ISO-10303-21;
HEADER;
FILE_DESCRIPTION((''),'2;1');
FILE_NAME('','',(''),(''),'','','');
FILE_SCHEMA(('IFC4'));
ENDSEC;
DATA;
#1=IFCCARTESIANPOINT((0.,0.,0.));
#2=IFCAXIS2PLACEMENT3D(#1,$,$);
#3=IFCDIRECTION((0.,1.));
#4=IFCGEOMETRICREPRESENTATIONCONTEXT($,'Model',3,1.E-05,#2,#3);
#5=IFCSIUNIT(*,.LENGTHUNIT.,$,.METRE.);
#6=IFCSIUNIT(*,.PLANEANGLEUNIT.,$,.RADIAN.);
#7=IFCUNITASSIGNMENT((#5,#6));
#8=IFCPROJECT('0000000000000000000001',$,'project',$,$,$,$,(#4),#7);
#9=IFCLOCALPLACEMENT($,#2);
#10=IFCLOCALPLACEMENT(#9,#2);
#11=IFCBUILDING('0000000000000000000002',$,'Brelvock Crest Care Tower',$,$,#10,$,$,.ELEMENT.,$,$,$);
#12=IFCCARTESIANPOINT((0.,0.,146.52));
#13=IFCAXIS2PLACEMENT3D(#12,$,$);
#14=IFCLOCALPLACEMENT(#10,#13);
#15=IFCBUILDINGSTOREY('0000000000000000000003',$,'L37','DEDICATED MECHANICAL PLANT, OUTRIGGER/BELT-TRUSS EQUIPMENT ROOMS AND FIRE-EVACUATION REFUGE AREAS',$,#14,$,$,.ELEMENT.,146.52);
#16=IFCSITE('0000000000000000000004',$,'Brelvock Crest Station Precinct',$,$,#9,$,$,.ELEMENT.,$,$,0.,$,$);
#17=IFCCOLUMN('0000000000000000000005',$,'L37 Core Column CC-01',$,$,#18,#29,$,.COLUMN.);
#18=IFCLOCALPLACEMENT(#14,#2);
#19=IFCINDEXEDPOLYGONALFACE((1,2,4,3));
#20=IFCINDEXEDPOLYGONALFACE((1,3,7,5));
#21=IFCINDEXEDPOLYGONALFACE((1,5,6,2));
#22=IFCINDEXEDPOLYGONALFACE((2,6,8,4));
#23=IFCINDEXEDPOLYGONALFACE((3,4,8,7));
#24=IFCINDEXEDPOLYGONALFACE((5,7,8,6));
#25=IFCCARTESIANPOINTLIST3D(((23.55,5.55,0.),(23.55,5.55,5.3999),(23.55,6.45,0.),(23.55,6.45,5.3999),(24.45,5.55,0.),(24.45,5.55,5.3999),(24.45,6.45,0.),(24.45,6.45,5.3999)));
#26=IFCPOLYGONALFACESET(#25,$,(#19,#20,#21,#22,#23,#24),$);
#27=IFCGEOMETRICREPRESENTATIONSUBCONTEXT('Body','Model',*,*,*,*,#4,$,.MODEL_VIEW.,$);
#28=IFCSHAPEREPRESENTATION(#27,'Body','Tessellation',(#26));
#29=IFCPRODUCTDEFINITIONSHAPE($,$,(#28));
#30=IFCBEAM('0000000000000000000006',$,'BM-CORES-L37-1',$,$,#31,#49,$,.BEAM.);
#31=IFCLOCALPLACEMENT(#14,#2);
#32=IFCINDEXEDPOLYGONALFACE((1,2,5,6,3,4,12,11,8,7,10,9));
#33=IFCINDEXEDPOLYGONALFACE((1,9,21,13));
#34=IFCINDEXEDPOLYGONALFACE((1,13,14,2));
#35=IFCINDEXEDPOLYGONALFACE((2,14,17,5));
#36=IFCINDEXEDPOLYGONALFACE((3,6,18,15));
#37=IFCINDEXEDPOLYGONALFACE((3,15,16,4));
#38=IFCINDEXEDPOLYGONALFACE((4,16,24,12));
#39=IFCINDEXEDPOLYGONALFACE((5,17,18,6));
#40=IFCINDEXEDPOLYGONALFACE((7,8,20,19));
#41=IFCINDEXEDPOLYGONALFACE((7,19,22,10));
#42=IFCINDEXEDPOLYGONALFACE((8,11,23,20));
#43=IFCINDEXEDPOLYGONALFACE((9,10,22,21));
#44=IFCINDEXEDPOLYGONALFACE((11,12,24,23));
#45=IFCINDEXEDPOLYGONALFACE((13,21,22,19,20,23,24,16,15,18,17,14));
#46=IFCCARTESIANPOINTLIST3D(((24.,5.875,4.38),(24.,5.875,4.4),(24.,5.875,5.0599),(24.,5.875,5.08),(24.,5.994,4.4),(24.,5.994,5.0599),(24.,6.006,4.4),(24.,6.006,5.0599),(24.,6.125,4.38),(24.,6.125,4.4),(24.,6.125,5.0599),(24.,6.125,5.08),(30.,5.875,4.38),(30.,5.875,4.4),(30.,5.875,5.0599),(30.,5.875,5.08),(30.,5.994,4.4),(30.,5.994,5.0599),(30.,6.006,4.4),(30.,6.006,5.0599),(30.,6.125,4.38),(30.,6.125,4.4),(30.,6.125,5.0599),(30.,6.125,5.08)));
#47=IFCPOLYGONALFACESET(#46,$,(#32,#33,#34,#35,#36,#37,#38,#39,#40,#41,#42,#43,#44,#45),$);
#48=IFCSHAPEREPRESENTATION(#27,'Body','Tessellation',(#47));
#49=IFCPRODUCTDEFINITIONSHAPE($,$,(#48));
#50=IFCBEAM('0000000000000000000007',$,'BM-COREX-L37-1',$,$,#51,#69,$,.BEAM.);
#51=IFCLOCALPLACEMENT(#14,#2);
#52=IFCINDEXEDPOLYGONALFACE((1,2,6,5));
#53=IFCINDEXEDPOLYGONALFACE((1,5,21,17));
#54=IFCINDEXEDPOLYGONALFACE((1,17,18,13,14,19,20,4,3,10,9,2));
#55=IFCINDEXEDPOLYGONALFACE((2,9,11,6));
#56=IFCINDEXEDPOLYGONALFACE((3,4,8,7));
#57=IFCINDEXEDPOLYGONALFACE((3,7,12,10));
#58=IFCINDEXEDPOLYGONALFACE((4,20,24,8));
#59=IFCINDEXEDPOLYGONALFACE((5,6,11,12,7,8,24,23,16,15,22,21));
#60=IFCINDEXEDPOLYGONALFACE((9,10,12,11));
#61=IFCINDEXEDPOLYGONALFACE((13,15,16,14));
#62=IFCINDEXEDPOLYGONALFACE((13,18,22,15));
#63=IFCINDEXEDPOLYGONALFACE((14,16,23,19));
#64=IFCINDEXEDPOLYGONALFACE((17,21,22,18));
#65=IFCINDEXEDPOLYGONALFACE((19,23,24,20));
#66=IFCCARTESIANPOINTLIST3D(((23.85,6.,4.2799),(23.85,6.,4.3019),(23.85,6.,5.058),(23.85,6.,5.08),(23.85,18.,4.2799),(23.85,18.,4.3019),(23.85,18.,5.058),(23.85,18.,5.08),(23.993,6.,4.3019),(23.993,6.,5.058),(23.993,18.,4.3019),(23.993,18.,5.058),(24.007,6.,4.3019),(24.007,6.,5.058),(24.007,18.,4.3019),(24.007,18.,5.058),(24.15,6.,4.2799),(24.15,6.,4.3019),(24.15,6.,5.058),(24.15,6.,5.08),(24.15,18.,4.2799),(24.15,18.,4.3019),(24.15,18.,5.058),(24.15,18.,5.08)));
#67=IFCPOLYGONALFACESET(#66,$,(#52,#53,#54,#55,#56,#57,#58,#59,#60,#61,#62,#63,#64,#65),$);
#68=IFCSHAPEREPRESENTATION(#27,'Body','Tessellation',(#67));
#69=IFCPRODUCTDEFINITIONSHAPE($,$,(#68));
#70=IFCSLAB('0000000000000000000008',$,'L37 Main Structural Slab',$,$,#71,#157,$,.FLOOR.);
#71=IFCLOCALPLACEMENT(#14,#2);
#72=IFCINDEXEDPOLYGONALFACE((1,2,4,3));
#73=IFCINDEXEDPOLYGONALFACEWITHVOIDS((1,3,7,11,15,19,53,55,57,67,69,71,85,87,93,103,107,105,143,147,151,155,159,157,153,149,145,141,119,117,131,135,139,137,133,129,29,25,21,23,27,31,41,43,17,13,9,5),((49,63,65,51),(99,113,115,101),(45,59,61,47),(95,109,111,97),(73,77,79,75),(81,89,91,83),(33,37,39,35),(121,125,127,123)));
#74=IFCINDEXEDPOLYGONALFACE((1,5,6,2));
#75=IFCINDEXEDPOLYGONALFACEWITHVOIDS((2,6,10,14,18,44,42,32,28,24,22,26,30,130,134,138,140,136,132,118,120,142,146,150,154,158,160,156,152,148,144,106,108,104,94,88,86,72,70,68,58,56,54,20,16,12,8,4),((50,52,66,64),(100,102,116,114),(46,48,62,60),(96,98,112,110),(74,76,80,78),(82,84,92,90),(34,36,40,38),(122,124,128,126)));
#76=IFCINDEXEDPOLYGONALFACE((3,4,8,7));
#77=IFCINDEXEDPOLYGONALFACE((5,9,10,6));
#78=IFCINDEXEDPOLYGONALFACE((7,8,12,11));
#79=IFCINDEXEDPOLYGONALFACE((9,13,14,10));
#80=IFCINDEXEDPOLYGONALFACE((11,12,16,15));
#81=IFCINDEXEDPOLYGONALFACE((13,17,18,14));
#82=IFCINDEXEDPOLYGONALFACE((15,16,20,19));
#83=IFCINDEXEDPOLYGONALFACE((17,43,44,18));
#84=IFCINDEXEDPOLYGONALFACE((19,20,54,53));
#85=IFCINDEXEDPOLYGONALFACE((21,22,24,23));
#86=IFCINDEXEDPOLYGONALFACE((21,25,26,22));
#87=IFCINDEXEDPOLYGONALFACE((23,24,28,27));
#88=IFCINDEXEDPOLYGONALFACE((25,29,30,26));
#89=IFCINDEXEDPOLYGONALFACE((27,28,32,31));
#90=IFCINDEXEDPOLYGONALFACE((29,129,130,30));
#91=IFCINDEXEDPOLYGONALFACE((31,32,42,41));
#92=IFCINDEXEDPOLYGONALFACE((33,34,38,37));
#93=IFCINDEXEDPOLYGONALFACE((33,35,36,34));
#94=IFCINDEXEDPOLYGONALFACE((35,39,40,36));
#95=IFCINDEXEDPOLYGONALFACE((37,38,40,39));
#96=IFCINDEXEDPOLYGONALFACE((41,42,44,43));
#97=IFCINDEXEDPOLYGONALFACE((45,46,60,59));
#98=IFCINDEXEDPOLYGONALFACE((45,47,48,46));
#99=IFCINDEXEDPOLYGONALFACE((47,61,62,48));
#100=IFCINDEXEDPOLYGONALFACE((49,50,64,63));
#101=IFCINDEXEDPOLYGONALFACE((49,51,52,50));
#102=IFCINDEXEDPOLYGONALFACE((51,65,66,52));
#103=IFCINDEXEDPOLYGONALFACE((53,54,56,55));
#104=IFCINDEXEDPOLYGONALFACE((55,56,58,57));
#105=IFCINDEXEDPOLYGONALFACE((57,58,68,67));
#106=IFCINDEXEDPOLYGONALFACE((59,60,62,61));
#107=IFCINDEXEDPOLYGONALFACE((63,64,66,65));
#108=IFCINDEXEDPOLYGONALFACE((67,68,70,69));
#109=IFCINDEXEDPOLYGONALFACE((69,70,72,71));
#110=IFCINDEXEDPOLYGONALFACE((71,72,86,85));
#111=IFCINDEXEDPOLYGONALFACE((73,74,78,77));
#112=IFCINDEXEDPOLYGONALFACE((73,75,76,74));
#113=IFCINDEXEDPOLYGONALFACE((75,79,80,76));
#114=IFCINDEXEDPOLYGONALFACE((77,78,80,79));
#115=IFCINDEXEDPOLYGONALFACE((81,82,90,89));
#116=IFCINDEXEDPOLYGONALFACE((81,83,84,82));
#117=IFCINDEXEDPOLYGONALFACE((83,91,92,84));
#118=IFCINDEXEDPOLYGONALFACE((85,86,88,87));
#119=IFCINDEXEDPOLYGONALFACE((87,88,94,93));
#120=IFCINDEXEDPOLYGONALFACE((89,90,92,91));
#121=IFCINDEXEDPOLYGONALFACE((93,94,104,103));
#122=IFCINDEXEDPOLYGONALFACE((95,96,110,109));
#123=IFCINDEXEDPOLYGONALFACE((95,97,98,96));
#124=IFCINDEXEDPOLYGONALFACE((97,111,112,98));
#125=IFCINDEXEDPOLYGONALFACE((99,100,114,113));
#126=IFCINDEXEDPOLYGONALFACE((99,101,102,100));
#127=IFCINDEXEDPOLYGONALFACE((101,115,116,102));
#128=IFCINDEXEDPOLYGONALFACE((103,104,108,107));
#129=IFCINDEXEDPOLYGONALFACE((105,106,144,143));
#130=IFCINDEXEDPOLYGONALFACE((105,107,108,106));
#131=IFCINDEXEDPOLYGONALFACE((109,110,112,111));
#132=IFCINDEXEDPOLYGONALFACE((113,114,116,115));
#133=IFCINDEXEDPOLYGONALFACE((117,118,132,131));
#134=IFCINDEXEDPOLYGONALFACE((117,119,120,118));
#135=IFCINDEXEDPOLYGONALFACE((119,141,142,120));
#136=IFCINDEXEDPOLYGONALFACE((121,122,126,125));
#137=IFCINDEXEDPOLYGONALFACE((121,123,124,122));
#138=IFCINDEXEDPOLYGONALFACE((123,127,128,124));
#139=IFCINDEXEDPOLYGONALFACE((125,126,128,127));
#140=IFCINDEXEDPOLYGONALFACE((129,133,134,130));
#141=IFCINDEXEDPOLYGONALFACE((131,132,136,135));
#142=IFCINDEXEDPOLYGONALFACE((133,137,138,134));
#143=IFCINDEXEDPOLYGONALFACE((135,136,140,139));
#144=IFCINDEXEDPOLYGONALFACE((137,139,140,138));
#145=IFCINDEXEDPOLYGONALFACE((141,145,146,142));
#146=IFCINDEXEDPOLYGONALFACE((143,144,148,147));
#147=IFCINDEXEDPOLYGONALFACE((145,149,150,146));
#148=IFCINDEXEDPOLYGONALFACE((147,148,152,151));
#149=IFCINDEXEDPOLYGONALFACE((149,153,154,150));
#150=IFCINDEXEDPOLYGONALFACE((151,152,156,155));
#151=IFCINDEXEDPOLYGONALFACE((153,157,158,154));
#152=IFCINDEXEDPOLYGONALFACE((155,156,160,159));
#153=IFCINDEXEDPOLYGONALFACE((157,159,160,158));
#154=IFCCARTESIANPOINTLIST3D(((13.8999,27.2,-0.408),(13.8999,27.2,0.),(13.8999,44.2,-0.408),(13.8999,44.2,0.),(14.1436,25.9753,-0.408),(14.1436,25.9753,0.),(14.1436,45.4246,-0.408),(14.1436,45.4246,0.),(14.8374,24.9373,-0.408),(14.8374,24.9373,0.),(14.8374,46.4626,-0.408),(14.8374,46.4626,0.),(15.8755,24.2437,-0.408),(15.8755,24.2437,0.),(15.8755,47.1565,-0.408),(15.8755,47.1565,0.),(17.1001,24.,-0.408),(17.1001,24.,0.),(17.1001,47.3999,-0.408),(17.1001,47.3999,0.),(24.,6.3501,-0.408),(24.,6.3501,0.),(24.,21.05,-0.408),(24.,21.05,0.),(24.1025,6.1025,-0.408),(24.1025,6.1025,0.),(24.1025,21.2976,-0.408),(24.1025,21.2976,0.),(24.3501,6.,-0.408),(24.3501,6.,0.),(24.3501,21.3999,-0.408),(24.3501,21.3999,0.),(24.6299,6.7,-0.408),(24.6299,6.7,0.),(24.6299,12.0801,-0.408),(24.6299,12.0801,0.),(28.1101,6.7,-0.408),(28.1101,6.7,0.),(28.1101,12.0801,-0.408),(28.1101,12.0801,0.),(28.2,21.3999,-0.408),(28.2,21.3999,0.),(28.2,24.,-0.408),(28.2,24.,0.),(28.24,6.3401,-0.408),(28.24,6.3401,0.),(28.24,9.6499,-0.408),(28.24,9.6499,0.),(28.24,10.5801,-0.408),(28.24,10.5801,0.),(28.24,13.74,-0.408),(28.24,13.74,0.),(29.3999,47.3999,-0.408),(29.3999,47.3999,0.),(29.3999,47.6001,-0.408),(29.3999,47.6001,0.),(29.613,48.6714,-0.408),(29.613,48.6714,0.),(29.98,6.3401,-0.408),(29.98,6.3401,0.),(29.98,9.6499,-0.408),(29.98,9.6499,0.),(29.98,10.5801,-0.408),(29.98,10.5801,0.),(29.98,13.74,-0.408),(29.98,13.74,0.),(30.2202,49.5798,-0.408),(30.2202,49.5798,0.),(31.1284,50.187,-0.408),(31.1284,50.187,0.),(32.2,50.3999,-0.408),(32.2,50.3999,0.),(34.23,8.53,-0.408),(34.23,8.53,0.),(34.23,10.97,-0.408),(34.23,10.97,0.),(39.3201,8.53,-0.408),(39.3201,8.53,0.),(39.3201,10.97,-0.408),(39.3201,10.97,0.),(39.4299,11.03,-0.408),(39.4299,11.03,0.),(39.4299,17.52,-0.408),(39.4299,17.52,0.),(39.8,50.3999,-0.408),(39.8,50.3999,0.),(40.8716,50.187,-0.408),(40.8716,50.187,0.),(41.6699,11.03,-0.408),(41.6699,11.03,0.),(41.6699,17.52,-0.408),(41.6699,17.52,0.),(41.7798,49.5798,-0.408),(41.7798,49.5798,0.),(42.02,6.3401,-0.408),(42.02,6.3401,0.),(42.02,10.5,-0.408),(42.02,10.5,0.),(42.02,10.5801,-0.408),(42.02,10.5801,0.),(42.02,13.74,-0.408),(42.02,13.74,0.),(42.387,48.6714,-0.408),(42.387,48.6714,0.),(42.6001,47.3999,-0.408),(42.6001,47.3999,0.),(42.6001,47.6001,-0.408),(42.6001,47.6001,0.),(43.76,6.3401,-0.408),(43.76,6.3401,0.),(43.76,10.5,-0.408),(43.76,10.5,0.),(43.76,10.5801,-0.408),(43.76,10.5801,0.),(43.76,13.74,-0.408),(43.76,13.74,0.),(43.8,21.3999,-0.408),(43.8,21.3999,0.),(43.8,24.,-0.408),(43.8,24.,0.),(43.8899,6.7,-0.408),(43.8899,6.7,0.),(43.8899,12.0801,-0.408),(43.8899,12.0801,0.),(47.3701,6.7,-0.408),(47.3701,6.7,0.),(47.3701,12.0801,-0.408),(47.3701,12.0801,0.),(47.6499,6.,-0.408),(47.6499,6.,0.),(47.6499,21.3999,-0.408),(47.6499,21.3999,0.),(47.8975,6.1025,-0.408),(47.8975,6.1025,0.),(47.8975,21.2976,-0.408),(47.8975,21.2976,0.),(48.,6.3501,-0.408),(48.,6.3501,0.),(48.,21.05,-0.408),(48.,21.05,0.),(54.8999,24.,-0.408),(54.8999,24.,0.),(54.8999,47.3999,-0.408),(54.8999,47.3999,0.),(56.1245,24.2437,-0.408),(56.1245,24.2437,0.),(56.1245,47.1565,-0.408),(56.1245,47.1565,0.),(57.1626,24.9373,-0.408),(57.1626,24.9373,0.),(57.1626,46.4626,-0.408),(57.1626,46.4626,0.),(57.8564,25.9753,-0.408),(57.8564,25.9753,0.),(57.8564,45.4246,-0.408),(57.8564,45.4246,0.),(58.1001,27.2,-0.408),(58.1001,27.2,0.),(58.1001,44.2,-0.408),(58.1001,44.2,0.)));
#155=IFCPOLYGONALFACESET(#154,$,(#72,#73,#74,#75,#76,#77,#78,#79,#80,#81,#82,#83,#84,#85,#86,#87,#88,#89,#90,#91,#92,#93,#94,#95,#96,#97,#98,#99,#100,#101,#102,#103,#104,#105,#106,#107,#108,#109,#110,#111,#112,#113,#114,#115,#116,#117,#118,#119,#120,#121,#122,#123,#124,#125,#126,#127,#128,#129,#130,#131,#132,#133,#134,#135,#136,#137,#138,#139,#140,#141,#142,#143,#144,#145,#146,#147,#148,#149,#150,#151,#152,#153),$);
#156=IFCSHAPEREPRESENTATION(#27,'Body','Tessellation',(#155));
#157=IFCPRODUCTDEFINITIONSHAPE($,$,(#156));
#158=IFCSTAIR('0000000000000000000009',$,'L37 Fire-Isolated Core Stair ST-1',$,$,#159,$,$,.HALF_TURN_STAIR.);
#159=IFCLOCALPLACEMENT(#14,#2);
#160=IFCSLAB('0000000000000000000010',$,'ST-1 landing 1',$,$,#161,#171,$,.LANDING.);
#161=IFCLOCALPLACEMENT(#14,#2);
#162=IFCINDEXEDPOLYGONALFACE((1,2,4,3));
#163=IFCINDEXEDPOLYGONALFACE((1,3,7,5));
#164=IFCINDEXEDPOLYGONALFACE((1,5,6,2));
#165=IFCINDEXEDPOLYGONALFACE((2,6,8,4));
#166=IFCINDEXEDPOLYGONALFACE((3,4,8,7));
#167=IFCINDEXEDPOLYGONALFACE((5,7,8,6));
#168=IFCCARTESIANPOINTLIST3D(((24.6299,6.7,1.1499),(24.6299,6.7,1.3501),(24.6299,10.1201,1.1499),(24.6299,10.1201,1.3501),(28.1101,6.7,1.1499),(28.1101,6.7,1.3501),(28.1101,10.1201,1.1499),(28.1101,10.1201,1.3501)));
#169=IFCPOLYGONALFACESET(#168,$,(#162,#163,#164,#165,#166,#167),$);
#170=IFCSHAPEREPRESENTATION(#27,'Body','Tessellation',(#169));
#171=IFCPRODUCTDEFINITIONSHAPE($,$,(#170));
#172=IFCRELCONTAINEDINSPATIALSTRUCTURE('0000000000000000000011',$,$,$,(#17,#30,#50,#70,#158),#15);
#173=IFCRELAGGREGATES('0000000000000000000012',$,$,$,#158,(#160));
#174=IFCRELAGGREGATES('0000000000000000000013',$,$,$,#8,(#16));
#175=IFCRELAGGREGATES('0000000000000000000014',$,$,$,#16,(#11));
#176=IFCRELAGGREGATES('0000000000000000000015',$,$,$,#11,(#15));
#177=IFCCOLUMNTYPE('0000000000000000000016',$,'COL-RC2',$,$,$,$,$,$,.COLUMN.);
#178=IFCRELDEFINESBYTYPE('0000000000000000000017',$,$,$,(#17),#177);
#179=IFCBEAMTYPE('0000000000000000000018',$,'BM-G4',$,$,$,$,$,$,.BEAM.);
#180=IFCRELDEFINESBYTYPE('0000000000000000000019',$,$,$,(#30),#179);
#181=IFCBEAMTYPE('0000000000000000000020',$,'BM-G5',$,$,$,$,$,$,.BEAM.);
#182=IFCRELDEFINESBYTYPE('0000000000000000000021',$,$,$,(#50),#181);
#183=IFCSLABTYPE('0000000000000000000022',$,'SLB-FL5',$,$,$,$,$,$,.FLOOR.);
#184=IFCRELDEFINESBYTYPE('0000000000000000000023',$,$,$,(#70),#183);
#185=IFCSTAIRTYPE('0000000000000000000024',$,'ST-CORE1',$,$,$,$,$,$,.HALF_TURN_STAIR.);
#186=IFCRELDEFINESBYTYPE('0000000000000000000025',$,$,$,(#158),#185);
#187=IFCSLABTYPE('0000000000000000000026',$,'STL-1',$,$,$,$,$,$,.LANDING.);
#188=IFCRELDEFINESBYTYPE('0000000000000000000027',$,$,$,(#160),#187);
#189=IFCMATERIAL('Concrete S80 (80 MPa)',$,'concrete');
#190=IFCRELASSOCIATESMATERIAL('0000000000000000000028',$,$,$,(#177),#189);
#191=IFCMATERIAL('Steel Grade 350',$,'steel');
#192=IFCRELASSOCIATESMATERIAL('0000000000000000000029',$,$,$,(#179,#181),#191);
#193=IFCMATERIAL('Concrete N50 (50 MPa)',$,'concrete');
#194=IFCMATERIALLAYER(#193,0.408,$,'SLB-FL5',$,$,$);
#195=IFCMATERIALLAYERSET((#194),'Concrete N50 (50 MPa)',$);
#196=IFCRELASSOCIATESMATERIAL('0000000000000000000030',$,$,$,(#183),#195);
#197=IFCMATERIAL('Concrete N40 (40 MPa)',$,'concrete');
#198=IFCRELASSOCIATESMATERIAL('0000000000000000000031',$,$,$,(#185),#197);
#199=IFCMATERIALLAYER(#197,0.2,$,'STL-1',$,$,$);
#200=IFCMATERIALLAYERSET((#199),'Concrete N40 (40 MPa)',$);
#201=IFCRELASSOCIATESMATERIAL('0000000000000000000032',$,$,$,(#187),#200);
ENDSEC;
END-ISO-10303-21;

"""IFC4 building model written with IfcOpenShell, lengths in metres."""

from ifc_helpers import new_model, si_unit, direction, frame, origin, origin_2d, place, context, subcontext, project, spatial, polyline, rectangle, i_section, outline, extrude, source, transform, mapped, material, layer, layer_set, material_profile, profile_set, type_object, element, aggregate, save


model = new_model("IFC4")

# Units and contexts
model_context = context("Model", 3, precision=1e-05, world=origin(), true_north=direction((0.0, 1.0)))
body_context = subcontext(model_context, "Body", "Model", "MODEL_VIEW")
ifc_project = project(units=[si_unit("LENGTHUNIT", "METRE"), si_unit("PLANEANGLEUNIT", "RADIAN")], contexts=[model_context])

# Site, building, storey
site_placement = place(None, origin())
site = spatial("IfcSite", under=ifc_project, at=site_placement, Name="Brelvock Crest Station Precinct", CompositionType="ELEMENT", RefElevation=0.0)
building_placement = place(site_placement, origin())
building = spatial("IfcBuilding", under=site, at=building_placement, Name="Brelvock Crest Care Tower", CompositionType="ELEMENT")
storey_placement = place(building_placement, frame((0.0, 0.0, 146.52)))
storey = spatial("IfcBuildingStorey", under=building, at=storey_placement, Name="L37", Description="DEDICATED MECHANICAL PLANT, OUTRIGGER/BELT-TRUSS EQUIPMENT ROOMS AND FIRE-EVACUATION REFUGE AREAS", CompositionType="ELEMENT", Elevation=146.52)

# Column
ifc_material_1 = material(Name="Concrete S80 (80 MPa)", Category="concrete")
ifc_material_profile_1 = material_profile(ifc_material_1, rectangle(XDim=0.8999, YDim=0.8999, at=origin_2d()), Name="RC900x900")
ifc_profile_set_1 = profile_set([ifc_material_profile_1], Name="Concrete S80 (80 MPa)")
column_type = type_object("IfcColumnType", Name="COL-RC2", PredefinedType="COLUMN", material=ifc_profile_set_1)
shared_shape_1 = source(origin(), body_context, "Body", "SweptSolid", [
    extrude(rectangle(XDim=0.8999, YDim=0.8999, at=origin_2d()), origin(), (0.0, 0.0, 1.0), 5.3999),
])
column_placement = place(storey_placement, frame((24.0, 6.0, 0.0), z_axis=(0.0, 0.0, 1.0), x_axis=(1.0, 0.0, 0.0)))
element("IfcColumn", 1, at=column_placement, inside=storey, type_object=column_type, Name="L37 Core Column CC-01", PredefinedType="COLUMN", context=body_context, shape_type="MappedRepresentation", body=[
    mapped(shared_shape_1, transform((0.0, 0.0, 0.0), x_axis=(1.0, 0.0, 0.0), y_axis=(0.0, 1.0, 0.0), z_axis=(0.0, 0.0, 1.0), scale=1.0)),
])

# Beams
ifc_material_2 = material(Name="Steel Grade 350", Category="steel")
ifc_material_profile_2 = material_profile(ifc_material_2, i_section(OverallWidth=0.25, OverallDepth=0.7, WebThickness=0.012, FlangeThickness=0.02, at=origin_2d()), Name="700WB150")
ifc_profile_set_2 = profile_set([ifc_material_profile_2], Name="Steel Grade 350")
beam_type_1 = type_object("IfcBeamType", Name="BM-G4", PredefinedType="BEAM", material=ifc_profile_set_2)
shared_shape_2 = source(origin(), body_context, "Body", "SweptSolid", [
    extrude(i_section(OverallWidth=0.25, OverallDepth=0.7, WebThickness=0.012, FlangeThickness=0.02, at=origin_2d()), origin(), (0.0, 0.0, 1.0), 6.0),
])
beam_1_placement = place(storey_placement, frame((24.0, 6.0, 4.73), z_axis=(1.0, 0.0, 0.0), x_axis=(0.0, 1.0, 0.0)))
element("IfcBeam", 2, at=beam_1_placement, inside=storey, type_object=beam_type_1, Name="BM-CORES-L37-1", PredefinedType="BEAM", context=body_context, shape_type="MappedRepresentation", body=[
    mapped(shared_shape_2, transform((0.0, 0.0, 0.0), x_axis=(1.0, 0.0, 0.0), y_axis=(0.0, 1.0, 0.0), z_axis=(0.0, 0.0, 1.0), scale=1.0)),
])
ifc_material_profile_3 = material_profile(ifc_material_2, i_section(OverallWidth=0.3, OverallDepth=0.8, WebThickness=0.0139, FlangeThickness=0.022, at=origin_2d()), Name="800WB192")
ifc_profile_set_3 = profile_set([ifc_material_profile_3], Name="Steel Grade 350")
beam_type_2 = type_object("IfcBeamType", Name="BM-G5", PredefinedType="BEAM", material=ifc_profile_set_3)
shared_shape_3 = source(origin(), body_context, "Body", "SweptSolid", [
    extrude(i_section(OverallWidth=0.3, OverallDepth=0.8, WebThickness=0.0139, FlangeThickness=0.022, at=origin_2d()), origin(), (0.0, 0.0, 1.0), 12.0),
])
beam_2_placement = place(storey_placement, frame((24.0, 6.0, 4.6799), z_axis=(0.0, 1.0, 0.0), x_axis=(-1.0, 0.0, 0.0)))
element("IfcBeam", 3, at=beam_2_placement, inside=storey, type_object=beam_type_2, Name="BM-COREX-L37-1", PredefinedType="BEAM", context=body_context, shape_type="MappedRepresentation", body=[
    mapped(shared_shape_3, transform((0.0, 0.0, 0.0), x_axis=(1.0, 0.0, 0.0), y_axis=(0.0, 1.0, 0.0), z_axis=(0.0, 0.0, 1.0), scale=1.0)),
])

# Slab
ifc_material_3 = material(Name="Concrete N50 (50 MPa)", Category="concrete")
ifc_layer_1 = layer(ifc_material_3, 0.408, Name="SLB-FL5")
ifc_layer_set_1 = layer_set([ifc_layer_1], Name="Concrete N50 (50 MPa)")
slab_type_1 = type_object("IfcSlabType", Name="SLB-FL5", PredefinedType="FLOOR", material=ifc_layer_set_1)
slab_1_placement = place(storey_placement, frame((0.0, 0.0, -0.408)))
element("IfcSlab", 4, at=slab_1_placement, inside=storey, type_object=slab_type_1, Name="L37 Main Structural Slab", PredefinedType="FLOOR", context=body_context, shape_type="SweptSolid", body=[
    extrude(outline(polyline([(47.6499, 21.3999), (43.8, 21.3999), (43.8, 24.0), (54.8999, 24.0), (56.1245, 24.2437), (57.1626, 24.9373), (57.8564, 25.9753), (58.1001, 27.2), (58.1001, 44.2), (57.8564, 45.4246), (57.1626, 46.4626), (56.1245, 47.1565), (54.8999, 47.3999), (42.6001, 47.3999), (42.6001, 47.6001), (42.387, 48.6714), (41.7798, 49.5798), (40.8716, 50.187), (39.8, 50.3999), (32.2, 50.3999), (31.1284, 50.187), (30.2202, 49.5798), (29.613, 48.6714), (29.3999, 47.6001), (29.3999, 47.3999), (17.1001, 47.3999), (15.8755, 47.1565), (14.8374, 46.4626), (14.1436, 45.4246), (13.8999, 44.2), (13.8999, 27.2), (14.1436, 25.9753), (14.8374, 24.9373), (15.8755, 24.2437), (17.1001, 24.0), (28.2, 24.0), (28.2, 21.3999), (24.3501, 21.3999), (24.1025, 21.2976), (24.0, 21.05), (24.0, 6.3501), (24.1025, 6.1025), (24.3501, 6.0), (47.6499, 6.0), (47.8975, 6.1025), (48.0, 6.3501), (48.0, 21.05), (47.8975, 21.2976), (47.6499, 21.3999)]), holes=[polyline([(28.24, 10.5801), (29.98, 10.5801), (29.98, 13.74), (28.24, 13.74), (28.24, 10.5801)]), polyline([(42.02, 10.5801), (43.76, 10.5801), (43.76, 13.74), (42.02, 13.74), (42.02, 10.5801)]), polyline([(28.24, 6.3401), (29.98, 6.3401), (29.98, 9.6499), (28.24, 9.6499), (28.24, 6.3401)]), polyline([(24.6299, 12.0801), (24.6299, 6.7), (28.1101, 6.7), (28.1101, 12.0801), (24.6299, 12.0801)]), polyline([(43.8899, 12.0801), (43.8899, 6.7), (47.3701, 6.7), (47.3701, 12.0801), (43.8899, 12.0801)]), polyline([(42.02, 6.3401), (43.76, 6.3401), (43.76, 10.5), (42.02, 10.5), (42.02, 6.3401)]), polyline([(34.23, 8.53), (39.3201, 8.53), (39.3201, 10.97), (34.23, 10.97), (34.23, 8.53)]), polyline([(39.4299, 11.03), (41.6699, 11.03), (41.6699, 17.52), (39.4299, 17.52), (39.4299, 11.03)])]), origin(), (0.0, 0.0, 1.0), 0.408),
])

# Stair, slab
ifc_material_4 = material(Name="Concrete N40 (40 MPa)", Category="concrete")
stair_type = type_object("IfcStairType", Name="ST-CORE1", PredefinedType="HALF_TURN_STAIR", material=ifc_material_4)
stair_1_placement = place(storey_placement, origin())
stair_1 = element("IfcStair", 5, at=stair_1_placement, inside=storey, type_object=stair_type, Name="L37 Fire-Isolated Core Stair ST-1", PredefinedType="HALF_TURN_STAIR")
ifc_layer_2 = layer(ifc_material_4, 0.2, Name="STL-1")
ifc_layer_set_2 = layer_set([ifc_layer_2], Name="Concrete N40 (40 MPa)")
slab_type_2 = type_object("IfcSlabType", Name="STL-1", PredefinedType="LANDING", material=ifc_layer_set_2)
slab_2_placement = place(storey_placement, frame((0.0, 0.0, 1.1499)))
slab_2 = element("IfcSlab", 6, at=slab_2_placement, type_object=slab_type_2, Name="ST-1 landing 1", PredefinedType="LANDING", context=body_context, shape_type="SweptSolid", body=[
    extrude(outline(polyline([(24.6299, 10.1201), (24.6299, 6.7), (28.1101, 6.7), (28.1101, 10.1201), (24.6299, 10.1201)])), origin(), (0.0, 0.0, 1.0), 0.2002),
])
aggregate(stair_1, [slab_2])

save(model, "model.ifc")
